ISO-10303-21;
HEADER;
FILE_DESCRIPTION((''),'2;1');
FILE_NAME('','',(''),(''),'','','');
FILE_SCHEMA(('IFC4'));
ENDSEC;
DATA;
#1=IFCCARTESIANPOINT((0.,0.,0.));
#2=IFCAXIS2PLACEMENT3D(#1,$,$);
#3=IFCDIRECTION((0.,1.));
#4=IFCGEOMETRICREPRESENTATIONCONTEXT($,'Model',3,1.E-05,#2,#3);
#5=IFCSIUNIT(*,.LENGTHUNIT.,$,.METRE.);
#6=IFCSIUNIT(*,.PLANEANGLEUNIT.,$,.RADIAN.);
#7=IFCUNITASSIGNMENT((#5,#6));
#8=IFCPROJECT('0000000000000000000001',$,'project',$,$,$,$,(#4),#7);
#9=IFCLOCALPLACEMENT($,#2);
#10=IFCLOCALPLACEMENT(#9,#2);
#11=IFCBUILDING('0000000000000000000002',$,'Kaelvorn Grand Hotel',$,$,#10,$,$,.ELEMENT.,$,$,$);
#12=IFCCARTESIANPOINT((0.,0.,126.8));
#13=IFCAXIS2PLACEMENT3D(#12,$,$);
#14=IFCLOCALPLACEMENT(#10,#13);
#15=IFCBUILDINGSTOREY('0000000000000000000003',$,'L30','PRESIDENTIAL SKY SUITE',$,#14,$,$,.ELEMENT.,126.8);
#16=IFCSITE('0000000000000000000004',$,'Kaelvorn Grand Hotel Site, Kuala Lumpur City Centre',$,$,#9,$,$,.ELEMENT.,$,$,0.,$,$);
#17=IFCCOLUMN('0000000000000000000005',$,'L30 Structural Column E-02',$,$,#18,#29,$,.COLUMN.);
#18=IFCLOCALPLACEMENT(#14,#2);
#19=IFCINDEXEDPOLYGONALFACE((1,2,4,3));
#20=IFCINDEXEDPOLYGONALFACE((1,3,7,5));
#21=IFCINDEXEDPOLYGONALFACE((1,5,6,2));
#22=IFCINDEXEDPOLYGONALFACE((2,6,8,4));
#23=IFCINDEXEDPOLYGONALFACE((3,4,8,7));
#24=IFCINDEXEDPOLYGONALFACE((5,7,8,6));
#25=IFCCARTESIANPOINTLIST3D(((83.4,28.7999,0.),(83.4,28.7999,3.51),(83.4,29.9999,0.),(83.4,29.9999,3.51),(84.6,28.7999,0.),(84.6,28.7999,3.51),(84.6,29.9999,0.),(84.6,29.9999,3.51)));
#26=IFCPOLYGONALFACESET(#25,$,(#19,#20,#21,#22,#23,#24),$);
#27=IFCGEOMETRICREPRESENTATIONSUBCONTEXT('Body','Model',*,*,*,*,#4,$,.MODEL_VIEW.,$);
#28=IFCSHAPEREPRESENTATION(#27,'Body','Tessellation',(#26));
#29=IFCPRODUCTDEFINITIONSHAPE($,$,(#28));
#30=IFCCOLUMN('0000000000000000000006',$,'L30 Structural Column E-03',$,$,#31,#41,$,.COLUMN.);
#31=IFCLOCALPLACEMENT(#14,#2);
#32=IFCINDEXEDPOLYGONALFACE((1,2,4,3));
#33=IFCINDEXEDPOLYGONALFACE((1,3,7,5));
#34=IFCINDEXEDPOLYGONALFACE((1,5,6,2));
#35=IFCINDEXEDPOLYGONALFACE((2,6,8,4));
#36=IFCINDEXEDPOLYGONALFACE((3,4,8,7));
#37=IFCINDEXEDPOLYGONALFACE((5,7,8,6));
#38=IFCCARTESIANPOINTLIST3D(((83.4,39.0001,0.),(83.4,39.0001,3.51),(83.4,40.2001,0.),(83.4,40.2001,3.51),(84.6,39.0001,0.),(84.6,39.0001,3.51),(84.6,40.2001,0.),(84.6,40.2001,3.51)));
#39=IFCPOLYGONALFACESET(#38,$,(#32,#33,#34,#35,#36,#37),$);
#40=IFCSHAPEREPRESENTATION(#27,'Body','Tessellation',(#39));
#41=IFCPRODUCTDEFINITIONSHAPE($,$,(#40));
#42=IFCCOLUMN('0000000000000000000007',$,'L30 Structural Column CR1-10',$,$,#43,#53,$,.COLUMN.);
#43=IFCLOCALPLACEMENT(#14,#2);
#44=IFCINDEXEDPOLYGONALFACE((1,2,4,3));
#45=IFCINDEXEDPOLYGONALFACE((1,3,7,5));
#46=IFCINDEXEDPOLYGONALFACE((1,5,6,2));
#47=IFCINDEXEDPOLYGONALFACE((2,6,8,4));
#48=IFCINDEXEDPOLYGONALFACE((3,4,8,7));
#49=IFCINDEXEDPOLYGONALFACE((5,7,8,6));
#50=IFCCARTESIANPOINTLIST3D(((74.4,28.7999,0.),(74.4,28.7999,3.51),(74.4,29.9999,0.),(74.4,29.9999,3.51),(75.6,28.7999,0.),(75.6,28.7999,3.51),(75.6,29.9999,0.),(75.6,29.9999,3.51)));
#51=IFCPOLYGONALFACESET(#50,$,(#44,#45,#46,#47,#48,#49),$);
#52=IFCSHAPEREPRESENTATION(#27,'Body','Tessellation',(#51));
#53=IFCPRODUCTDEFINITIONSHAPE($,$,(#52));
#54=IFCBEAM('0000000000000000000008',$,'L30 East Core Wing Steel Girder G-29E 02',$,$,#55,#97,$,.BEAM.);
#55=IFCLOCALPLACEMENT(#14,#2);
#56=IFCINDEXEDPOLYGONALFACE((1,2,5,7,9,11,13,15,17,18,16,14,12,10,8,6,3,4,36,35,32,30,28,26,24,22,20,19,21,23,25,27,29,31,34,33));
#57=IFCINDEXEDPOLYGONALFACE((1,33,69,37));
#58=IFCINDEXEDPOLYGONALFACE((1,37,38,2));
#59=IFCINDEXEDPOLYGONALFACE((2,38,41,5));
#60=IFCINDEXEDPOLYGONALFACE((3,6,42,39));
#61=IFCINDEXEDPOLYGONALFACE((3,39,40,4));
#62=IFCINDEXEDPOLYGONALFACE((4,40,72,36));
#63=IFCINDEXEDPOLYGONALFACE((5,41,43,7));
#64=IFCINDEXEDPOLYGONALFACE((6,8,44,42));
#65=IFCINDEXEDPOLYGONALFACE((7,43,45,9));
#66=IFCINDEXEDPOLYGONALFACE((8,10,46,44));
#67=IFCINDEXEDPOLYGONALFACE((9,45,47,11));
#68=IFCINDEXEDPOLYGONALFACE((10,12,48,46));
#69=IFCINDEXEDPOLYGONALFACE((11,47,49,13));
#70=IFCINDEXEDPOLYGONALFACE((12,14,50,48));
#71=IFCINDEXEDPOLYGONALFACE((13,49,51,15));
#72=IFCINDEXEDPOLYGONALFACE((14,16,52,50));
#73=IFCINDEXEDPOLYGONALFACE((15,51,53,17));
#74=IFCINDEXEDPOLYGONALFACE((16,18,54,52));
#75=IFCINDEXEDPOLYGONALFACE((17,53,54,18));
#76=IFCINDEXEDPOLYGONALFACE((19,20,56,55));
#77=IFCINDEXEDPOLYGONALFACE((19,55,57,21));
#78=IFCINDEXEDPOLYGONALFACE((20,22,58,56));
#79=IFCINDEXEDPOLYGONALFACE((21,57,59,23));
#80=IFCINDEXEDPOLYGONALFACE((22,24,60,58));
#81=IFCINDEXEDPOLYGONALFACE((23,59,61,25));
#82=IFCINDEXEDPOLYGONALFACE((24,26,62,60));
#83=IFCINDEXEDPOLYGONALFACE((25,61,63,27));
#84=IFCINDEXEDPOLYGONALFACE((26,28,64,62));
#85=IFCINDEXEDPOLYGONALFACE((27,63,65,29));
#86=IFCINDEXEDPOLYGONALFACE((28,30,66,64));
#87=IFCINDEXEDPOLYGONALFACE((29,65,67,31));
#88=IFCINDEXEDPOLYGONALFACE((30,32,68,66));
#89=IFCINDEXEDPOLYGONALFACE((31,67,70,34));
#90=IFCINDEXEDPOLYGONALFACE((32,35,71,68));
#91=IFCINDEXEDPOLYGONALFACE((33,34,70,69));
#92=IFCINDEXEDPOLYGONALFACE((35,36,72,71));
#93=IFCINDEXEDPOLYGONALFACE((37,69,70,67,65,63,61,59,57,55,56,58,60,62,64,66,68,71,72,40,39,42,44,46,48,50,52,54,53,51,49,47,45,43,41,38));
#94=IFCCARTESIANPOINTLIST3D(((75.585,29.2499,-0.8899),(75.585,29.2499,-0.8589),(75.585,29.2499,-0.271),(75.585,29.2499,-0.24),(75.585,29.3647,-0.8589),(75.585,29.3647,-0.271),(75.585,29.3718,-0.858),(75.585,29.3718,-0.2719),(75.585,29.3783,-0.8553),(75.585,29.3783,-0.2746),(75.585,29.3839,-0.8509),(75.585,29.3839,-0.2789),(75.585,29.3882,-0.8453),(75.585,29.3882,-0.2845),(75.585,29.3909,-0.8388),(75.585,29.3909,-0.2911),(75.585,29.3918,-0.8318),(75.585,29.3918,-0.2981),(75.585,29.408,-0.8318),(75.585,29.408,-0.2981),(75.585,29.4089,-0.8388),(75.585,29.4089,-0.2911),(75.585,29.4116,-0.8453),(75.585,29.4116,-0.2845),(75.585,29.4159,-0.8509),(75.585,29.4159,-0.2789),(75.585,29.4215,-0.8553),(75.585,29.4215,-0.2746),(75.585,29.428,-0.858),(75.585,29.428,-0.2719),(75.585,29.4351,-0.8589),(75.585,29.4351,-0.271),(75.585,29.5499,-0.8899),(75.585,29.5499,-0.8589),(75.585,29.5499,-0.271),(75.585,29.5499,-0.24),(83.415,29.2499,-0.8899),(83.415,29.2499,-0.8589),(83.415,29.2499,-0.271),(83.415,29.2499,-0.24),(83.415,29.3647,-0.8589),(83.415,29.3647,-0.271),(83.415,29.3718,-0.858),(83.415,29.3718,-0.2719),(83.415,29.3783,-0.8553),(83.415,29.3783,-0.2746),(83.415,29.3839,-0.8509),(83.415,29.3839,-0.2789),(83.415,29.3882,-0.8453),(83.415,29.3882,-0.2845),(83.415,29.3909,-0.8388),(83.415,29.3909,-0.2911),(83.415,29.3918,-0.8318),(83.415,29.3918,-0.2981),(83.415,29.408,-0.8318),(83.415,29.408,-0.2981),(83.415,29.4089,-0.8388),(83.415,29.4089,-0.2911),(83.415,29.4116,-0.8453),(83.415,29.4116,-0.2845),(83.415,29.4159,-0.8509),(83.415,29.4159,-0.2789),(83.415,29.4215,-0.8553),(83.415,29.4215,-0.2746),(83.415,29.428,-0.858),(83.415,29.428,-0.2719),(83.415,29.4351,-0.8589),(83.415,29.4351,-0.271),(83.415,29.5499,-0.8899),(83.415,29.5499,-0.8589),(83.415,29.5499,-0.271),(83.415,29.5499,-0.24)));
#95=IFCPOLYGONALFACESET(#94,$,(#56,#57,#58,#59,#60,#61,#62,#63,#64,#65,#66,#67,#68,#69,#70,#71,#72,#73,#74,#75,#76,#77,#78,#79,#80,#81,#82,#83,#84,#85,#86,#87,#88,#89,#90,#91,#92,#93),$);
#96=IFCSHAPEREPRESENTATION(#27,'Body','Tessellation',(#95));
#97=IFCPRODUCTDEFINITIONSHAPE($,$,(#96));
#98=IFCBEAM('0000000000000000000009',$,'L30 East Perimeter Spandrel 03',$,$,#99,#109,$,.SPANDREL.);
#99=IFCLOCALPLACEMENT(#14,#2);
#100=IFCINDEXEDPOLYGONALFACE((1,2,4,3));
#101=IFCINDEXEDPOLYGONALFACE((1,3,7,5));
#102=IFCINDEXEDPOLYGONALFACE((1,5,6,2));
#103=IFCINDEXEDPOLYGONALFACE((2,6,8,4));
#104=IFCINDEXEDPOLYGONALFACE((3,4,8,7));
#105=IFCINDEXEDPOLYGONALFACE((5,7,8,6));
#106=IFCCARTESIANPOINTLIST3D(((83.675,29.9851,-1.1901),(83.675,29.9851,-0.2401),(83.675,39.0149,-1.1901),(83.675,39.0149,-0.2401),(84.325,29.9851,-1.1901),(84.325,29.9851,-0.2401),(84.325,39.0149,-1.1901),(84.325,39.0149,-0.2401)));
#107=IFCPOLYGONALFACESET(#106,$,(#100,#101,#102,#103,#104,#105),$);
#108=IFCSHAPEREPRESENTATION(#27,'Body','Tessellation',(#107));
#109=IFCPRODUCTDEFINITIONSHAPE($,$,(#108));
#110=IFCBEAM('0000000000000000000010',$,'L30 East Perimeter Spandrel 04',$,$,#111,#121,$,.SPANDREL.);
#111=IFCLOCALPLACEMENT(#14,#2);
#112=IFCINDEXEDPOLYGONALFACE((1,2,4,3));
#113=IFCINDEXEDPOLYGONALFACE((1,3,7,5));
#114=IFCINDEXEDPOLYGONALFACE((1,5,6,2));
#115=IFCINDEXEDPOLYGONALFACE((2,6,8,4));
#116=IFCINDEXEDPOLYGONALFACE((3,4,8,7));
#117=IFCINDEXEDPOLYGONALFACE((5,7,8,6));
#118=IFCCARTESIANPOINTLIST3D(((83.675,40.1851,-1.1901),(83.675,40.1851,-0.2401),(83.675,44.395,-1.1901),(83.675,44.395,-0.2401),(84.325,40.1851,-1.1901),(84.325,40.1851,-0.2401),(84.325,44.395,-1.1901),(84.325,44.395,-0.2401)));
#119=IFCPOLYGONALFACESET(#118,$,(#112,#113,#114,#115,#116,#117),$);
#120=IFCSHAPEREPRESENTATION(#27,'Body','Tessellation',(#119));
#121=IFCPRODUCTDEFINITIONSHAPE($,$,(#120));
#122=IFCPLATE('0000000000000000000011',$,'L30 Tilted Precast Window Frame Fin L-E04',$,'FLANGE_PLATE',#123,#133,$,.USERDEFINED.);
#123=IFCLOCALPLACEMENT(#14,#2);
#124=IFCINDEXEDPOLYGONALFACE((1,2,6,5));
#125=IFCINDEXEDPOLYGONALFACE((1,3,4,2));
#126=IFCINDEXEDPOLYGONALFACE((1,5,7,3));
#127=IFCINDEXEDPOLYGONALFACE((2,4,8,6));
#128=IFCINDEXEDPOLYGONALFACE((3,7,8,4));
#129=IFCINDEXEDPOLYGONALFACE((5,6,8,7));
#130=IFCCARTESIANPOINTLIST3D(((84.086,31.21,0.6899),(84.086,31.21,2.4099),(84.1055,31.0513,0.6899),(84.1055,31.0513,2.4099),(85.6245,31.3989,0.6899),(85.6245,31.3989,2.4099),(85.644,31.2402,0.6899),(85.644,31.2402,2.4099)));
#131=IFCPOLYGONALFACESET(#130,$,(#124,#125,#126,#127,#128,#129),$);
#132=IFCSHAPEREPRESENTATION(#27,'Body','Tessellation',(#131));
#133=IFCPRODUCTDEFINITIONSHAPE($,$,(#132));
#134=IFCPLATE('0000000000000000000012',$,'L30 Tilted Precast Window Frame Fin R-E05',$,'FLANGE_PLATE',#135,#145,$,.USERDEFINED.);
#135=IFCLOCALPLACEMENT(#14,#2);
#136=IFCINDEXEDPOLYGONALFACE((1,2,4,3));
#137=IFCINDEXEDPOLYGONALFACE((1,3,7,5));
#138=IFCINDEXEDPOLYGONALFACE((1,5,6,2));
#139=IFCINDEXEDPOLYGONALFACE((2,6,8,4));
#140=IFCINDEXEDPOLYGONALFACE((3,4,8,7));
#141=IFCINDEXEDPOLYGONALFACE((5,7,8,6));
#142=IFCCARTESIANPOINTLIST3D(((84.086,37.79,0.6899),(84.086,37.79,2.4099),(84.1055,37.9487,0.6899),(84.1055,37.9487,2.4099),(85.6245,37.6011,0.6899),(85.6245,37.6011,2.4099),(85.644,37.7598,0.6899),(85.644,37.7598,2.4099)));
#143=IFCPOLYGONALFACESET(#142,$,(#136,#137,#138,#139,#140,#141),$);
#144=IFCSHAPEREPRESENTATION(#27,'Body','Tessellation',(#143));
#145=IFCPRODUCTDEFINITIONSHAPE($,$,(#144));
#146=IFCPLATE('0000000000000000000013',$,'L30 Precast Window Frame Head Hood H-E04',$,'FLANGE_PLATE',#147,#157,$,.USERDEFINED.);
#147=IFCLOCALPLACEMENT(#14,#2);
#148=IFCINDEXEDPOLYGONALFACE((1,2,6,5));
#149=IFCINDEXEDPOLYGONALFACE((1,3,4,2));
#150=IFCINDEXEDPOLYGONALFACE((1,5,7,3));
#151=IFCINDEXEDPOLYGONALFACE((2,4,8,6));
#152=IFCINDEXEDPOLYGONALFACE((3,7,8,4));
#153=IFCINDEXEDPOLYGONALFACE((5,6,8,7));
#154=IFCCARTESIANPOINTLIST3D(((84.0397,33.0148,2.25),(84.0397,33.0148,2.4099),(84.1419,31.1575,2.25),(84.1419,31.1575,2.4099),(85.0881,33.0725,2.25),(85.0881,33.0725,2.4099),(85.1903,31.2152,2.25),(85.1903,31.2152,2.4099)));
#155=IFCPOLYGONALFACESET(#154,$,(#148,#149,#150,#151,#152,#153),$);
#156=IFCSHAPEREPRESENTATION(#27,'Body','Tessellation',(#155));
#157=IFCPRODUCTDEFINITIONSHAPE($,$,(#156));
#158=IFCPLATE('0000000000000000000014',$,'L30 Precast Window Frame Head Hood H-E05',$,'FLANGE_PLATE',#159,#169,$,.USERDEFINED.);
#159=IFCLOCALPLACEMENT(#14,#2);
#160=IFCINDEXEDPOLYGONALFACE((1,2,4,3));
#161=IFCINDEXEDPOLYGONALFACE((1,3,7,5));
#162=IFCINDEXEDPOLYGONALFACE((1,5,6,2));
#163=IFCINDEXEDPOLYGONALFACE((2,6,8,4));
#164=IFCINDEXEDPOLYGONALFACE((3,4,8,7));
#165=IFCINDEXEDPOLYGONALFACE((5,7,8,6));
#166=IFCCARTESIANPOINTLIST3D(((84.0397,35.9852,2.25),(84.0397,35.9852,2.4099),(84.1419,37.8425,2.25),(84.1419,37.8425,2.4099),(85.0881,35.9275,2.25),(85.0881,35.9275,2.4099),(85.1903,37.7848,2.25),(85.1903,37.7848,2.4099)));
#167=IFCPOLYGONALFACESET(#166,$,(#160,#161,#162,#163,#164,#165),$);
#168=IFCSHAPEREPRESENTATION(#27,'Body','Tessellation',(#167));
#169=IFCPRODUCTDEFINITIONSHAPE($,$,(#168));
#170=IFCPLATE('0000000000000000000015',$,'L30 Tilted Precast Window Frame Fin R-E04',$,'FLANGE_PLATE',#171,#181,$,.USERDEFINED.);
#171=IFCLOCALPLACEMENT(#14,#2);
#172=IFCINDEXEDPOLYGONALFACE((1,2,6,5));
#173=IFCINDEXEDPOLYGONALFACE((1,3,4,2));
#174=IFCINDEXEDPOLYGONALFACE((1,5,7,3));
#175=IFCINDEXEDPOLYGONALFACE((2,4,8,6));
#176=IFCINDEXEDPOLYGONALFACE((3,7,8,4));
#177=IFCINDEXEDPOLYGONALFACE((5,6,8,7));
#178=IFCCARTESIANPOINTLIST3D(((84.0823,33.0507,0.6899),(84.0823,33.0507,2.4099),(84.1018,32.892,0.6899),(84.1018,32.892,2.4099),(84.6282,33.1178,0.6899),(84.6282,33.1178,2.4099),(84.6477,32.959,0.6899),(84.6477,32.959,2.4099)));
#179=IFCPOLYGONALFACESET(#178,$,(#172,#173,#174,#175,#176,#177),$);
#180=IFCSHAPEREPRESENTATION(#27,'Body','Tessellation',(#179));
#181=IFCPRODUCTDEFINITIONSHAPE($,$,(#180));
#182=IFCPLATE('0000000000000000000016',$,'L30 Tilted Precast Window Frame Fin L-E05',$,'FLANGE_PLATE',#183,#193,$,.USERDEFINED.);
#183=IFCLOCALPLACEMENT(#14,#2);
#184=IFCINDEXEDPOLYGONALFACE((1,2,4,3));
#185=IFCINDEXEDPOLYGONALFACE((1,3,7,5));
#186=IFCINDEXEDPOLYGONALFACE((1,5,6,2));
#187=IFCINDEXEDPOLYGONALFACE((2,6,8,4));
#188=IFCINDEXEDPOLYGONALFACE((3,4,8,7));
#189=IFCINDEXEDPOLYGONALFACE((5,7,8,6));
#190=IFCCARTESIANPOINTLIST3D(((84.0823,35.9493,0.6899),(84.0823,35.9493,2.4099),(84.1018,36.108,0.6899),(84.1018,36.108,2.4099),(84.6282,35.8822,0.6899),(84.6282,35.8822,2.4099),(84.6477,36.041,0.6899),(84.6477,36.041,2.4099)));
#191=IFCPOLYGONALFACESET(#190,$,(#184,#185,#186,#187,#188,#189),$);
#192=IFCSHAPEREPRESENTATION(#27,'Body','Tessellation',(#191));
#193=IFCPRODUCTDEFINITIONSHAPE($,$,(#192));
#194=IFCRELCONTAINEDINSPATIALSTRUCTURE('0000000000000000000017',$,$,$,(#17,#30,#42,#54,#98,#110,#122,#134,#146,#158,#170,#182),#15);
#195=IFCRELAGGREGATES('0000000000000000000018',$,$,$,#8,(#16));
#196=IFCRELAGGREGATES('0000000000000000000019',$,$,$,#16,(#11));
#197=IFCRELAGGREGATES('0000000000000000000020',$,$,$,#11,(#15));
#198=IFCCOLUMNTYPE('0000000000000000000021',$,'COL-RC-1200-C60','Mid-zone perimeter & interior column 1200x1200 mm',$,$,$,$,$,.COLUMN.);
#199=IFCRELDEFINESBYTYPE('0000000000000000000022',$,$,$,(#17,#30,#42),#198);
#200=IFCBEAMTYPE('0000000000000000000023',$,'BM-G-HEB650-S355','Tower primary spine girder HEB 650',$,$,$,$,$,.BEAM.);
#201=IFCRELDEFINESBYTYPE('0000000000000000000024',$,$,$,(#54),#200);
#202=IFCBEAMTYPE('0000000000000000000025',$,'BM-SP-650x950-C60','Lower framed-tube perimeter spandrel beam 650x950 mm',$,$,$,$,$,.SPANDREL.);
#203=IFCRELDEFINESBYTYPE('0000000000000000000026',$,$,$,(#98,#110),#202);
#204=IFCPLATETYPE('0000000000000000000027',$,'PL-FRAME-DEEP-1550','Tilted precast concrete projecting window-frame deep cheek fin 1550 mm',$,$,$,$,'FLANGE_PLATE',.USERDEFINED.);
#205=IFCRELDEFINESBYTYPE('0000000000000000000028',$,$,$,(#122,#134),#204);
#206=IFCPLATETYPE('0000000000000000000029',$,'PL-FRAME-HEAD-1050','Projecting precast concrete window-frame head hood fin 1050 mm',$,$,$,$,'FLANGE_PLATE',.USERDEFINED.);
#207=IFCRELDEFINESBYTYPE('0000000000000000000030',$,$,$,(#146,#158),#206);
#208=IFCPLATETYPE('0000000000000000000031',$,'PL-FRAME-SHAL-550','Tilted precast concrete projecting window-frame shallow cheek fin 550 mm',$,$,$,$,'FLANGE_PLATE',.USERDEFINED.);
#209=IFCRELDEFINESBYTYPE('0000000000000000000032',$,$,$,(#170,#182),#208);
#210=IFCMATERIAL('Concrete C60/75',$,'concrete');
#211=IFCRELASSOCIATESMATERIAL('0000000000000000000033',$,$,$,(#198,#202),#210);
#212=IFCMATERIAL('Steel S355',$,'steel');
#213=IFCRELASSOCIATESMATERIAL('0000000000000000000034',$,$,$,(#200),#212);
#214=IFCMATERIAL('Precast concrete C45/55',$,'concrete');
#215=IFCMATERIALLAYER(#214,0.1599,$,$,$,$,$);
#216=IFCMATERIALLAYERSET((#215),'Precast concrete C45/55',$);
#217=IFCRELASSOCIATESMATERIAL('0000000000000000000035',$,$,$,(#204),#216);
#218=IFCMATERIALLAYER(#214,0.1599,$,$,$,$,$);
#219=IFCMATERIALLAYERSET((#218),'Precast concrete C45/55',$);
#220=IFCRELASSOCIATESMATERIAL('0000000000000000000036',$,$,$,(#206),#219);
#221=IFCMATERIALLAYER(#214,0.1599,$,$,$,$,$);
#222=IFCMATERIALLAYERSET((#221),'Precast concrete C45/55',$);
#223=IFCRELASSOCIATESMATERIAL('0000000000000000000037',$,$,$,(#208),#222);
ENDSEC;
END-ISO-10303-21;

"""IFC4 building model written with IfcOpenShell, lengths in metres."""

from ifc_helpers import new_model, si_unit, direction, frame, origin, origin_2d, place, context, subcontext, project, spatial, rectangle, i_section, extrude, material, layer, layer_set, material_profile, profile_set, type_object, element, save


model = new_model("IFC4")

# Units and contexts
model_context = context("Model", 3, precision=1e-05, world=origin(), true_north=direction((0.0, 1.0)))
body_context = subcontext(model_context, "Body", "Model", "MODEL_VIEW")
ifc_project = project(units=[si_unit("LENGTHUNIT", "METRE"), si_unit("PLANEANGLEUNIT", "RADIAN")], contexts=[model_context])

# Site, building, storey
site_placement = place(None, origin())
site = spatial("IfcSite", under=ifc_project, at=site_placement, Name="Kaelvorn Grand Hotel Site, Kuala Lumpur City Centre", CompositionType="ELEMENT", RefElevation=0.0)
building_placement = place(site_placement, origin())
building = spatial("IfcBuilding", under=site, at=building_placement, Name="Kaelvorn Grand Hotel", CompositionType="ELEMENT")
storey_placement = place(building_placement, frame((0.0, 0.0, 126.8)))
storey = spatial("IfcBuildingStorey", under=building, at=storey_placement, Name="L30", Description="PRESIDENTIAL SKY SUITE", CompositionType="ELEMENT", Elevation=126.8)

# Columns
ifc_material_1 = material(Name="Concrete C60/75", Category="concrete")
ifc_material_profile_1 = material_profile(ifc_material_1, rectangle(XDim=1.2, YDim=1.2, at=origin_2d()), Name="RC COL 1200x1200")
ifc_profile_set_1 = profile_set([ifc_material_profile_1], Name="Concrete C60/75")
column_type = type_object("IfcColumnType", Name="COL-RC-1200-C60", Description="Mid-zone perimeter & interior column 1200x1200 mm", PredefinedType="COLUMN", material=ifc_profile_set_1)
for number, where, z_axis, x_axis, name in (
    (1, (84.0, 29.3999, 0.0), (0.0, 0.0, 1.0), (1.0, 0.0, 0.0), "L30 Structural Column E-02"),
    (2, (84.0, 39.6001, 0.0), (0.0, 0.0, 1.0), (1.0, 0.0, 0.0), "L30 Structural Column E-03"),
    (3, (75.0, 29.3999, 0.0), (0.0, 0.0, 1.0), (1.0, 0.0, 0.0), "L30 Structural Column CR1-10"),
):
    element("IfcColumn", number, at=place(storey_placement, frame(where, z_axis=z_axis, x_axis=x_axis)), inside=storey, type_object=column_type, Name=name, PredefinedType="COLUMN", context=body_context, shape_type="SweptSolid", body=[
        extrude(rectangle(XDim=1.2, YDim=1.2, at=origin_2d()), origin(), (0.0, 0.0, 1.0), 3.51),
    ])

# Beams
ifc_material_2 = material(Name="Steel S355", Category="steel")
ifc_material_profile_2 = material_profile(ifc_material_2, i_section(OverallWidth=0.3, OverallDepth=0.6499, WebThickness=0.0161, FlangeThickness=0.031, FilletRadius=0.0271, at=origin_2d()), Name="HEB 650")
ifc_profile_set_2 = profile_set([ifc_material_profile_2], Name="Steel S355")
beam_type_1 = type_object("IfcBeamType", Name="BM-G-HEB650-S355", Description="Tower primary spine girder HEB 650", PredefinedType="BEAM", material=ifc_profile_set_2)
beam_1_placement = place(storey_placement, frame((75.585, 29.3999, -0.5649), z_axis=(1.0, 0.0, 0.0), x_axis=(0.0, 1.0, 0.0)))
element("IfcBeam", 4, at=beam_1_placement, inside=storey, type_object=beam_type_1, Name="L30 East Core Wing Steel Girder G-29E 02", PredefinedType="BEAM", context=body_context, shape_type="SweptSolid", body=[
    extrude(i_section(OverallWidth=0.3, OverallDepth=0.6499, WebThickness=0.0161, FlangeThickness=0.031, FilletRadius=0.0271, at=origin_2d()), origin(), (0.0, 0.0, 1.0), 7.8301),
])
ifc_material_profile_3 = material_profile(ifc_material_1, rectangle(XDim=0.6499, YDim=0.95, at=origin_2d()), Name="RC SPANDREL 650x950")
ifc_profile_set_3 = profile_set([ifc_material_profile_3], Name="Concrete C60/75")
beam_type_2 = type_object("IfcBeamType", Name="BM-SP-650x950-C60", Description="Lower framed-tube perimeter spandrel beam 650x950 mm", PredefinedType="SPANDREL", material=ifc_profile_set_3)
beam_2_placement = place(storey_placement, frame((84.0, 29.9851, -0.7151), z_axis=(0.0, 1.0, 0.0), x_axis=(-1.0, 0.0, 0.0)))
element("IfcBeam", 5, at=beam_2_placement, inside=storey, type_object=beam_type_2, Name="L30 East Perimeter Spandrel 03", PredefinedType="SPANDREL", context=body_context, shape_type="SweptSolid", body=[
    extrude(rectangle(XDim=0.6499, YDim=0.95, at=origin_2d()), origin(), (0.0, 0.0, 1.0), 9.0298),
])
beam_3_placement = place(storey_placement, frame((84.0, 40.1851, -0.7151), z_axis=(0.0, 1.0, 0.0), x_axis=(-1.0, 0.0, 0.0)))
element("IfcBeam", 6, at=beam_3_placement, inside=storey, type_object=beam_type_2, Name="L30 East Perimeter Spandrel 04", PredefinedType="SPANDREL", context=body_context, shape_type="SweptSolid", body=[
    extrude(rectangle(XDim=0.6499, YDim=0.95, at=origin_2d()), origin(), (0.0, 0.0, 1.0), 4.21),
])

# Plates
ifc_material_3 = material(Name="Precast concrete C45/55", Category="concrete")
ifc_layer_1 = layer(ifc_material_3, 0.1599)
ifc_layer_set_1 = layer_set([ifc_layer_1], Name="Precast concrete C45/55")
plate_type_1 = type_object("IfcPlateType", Name="PL-FRAME-DEEP-1550", Description="Tilted precast concrete projecting window-frame deep cheek fin 1550 mm", ElementType="FLANGE_PLATE", PredefinedType="USERDEFINED", material=ifc_layer_set_1)
for number, where, z_axis, x_axis, name in (
    (7, (84.865, 31.2251, 0.6899), (0.0, 0.0, 1.0), (-0.121869, 0.992546, 0.0), "L30 Tilted Precast Window Frame Fin L-E04"),
    (8, (84.865, 37.7749, 0.6899), (0.0, 0.0, 1.0), (0.121869, 0.992546, 0.0), "L30 Tilted Precast Window Frame Fin R-E05"),
):
    element("IfcPlate", number, at=place(storey_placement, frame(where, z_axis=z_axis, x_axis=x_axis)), inside=storey, type_object=plate_type_1, Name=name, ObjectType="FLANGE_PLATE", PredefinedType="USERDEFINED", context=body_context, shape_type="SweptSolid", body=[
        extrude(rectangle(XDim=0.1599, YDim=1.55, at=origin_2d()), origin(), (0.0, 0.0, 1.0), 1.72),
    ])
ifc_layer_2 = layer(ifc_material_3, 0.1599)
ifc_layer_set_2 = layer_set([ifc_layer_2], Name="Precast concrete C45/55")
plate_type_2 = type_object("IfcPlateType", Name="PL-FRAME-HEAD-1050", Description="Projecting precast concrete window-frame head hood fin 1050 mm", ElementType="FLANGE_PLATE", PredefinedType="USERDEFINED", material=ifc_layer_set_2)
for number, where, z_axis, x_axis, name in (
    (9, (84.615, 32.115, 2.25), (0.0, 0.0, 1.0), (-0.05495, 0.998489, 0.0), "L30 Precast Window Frame Head Hood H-E04"),
    (10, (84.615, 36.885, 2.25), (0.0, 0.0, 1.0), (0.05495, 0.998489, 0.0), "L30 Precast Window Frame Head Hood H-E05"),
):
    element("IfcPlate", number, at=place(storey_placement, frame(where, z_axis=z_axis, x_axis=x_axis)), inside=storey, type_object=plate_type_2, Name=name, ObjectType="FLANGE_PLATE", PredefinedType="USERDEFINED", context=body_context, shape_type="SweptSolid", body=[
        extrude(rectangle(XDim=1.8601, YDim=1.05, at=origin_2d()), origin(), (0.0, 0.0, 1.0), 0.1599),
    ])
ifc_layer_3 = layer(ifc_material_3, 0.1599)
ifc_layer_set_3 = layer_set([ifc_layer_3], Name="Precast concrete C45/55")
plate_type_3 = type_object("IfcPlateType", Name="PL-FRAME-SHAL-550", Description="Tilted precast concrete projecting window-frame shallow cheek fin 550 mm", ElementType="FLANGE_PLATE", PredefinedType="USERDEFINED", material=ifc_layer_set_3)
for number, where, z_axis, x_axis, name in (
    (11, (84.365, 33.0049, 0.6899), (0.0, 0.0, 1.0), (-0.121869, 0.992546, 0.0), "L30 Tilted Precast Window Frame Fin R-E04"),
    (12, (84.365, 35.9951, 0.6899), (0.0, 0.0, 1.0), (0.121869, 0.992546, 0.0), "L30 Tilted Precast Window Frame Fin L-E05"),
):
    element("IfcPlate", number, at=place(storey_placement, frame(where, z_axis=z_axis, x_axis=x_axis)), inside=storey, type_object=plate_type_3, Name=name, ObjectType="FLANGE_PLATE", PredefinedType="USERDEFINED", context=body_context, shape_type="SweptSolid", body=[
        extrude(rectangle(XDim=0.1599, YDim=0.55, at=origin_2d()), origin(), (0.0, 0.0, 1.0), 1.72),
    ])

save(model, "model.ifc")
